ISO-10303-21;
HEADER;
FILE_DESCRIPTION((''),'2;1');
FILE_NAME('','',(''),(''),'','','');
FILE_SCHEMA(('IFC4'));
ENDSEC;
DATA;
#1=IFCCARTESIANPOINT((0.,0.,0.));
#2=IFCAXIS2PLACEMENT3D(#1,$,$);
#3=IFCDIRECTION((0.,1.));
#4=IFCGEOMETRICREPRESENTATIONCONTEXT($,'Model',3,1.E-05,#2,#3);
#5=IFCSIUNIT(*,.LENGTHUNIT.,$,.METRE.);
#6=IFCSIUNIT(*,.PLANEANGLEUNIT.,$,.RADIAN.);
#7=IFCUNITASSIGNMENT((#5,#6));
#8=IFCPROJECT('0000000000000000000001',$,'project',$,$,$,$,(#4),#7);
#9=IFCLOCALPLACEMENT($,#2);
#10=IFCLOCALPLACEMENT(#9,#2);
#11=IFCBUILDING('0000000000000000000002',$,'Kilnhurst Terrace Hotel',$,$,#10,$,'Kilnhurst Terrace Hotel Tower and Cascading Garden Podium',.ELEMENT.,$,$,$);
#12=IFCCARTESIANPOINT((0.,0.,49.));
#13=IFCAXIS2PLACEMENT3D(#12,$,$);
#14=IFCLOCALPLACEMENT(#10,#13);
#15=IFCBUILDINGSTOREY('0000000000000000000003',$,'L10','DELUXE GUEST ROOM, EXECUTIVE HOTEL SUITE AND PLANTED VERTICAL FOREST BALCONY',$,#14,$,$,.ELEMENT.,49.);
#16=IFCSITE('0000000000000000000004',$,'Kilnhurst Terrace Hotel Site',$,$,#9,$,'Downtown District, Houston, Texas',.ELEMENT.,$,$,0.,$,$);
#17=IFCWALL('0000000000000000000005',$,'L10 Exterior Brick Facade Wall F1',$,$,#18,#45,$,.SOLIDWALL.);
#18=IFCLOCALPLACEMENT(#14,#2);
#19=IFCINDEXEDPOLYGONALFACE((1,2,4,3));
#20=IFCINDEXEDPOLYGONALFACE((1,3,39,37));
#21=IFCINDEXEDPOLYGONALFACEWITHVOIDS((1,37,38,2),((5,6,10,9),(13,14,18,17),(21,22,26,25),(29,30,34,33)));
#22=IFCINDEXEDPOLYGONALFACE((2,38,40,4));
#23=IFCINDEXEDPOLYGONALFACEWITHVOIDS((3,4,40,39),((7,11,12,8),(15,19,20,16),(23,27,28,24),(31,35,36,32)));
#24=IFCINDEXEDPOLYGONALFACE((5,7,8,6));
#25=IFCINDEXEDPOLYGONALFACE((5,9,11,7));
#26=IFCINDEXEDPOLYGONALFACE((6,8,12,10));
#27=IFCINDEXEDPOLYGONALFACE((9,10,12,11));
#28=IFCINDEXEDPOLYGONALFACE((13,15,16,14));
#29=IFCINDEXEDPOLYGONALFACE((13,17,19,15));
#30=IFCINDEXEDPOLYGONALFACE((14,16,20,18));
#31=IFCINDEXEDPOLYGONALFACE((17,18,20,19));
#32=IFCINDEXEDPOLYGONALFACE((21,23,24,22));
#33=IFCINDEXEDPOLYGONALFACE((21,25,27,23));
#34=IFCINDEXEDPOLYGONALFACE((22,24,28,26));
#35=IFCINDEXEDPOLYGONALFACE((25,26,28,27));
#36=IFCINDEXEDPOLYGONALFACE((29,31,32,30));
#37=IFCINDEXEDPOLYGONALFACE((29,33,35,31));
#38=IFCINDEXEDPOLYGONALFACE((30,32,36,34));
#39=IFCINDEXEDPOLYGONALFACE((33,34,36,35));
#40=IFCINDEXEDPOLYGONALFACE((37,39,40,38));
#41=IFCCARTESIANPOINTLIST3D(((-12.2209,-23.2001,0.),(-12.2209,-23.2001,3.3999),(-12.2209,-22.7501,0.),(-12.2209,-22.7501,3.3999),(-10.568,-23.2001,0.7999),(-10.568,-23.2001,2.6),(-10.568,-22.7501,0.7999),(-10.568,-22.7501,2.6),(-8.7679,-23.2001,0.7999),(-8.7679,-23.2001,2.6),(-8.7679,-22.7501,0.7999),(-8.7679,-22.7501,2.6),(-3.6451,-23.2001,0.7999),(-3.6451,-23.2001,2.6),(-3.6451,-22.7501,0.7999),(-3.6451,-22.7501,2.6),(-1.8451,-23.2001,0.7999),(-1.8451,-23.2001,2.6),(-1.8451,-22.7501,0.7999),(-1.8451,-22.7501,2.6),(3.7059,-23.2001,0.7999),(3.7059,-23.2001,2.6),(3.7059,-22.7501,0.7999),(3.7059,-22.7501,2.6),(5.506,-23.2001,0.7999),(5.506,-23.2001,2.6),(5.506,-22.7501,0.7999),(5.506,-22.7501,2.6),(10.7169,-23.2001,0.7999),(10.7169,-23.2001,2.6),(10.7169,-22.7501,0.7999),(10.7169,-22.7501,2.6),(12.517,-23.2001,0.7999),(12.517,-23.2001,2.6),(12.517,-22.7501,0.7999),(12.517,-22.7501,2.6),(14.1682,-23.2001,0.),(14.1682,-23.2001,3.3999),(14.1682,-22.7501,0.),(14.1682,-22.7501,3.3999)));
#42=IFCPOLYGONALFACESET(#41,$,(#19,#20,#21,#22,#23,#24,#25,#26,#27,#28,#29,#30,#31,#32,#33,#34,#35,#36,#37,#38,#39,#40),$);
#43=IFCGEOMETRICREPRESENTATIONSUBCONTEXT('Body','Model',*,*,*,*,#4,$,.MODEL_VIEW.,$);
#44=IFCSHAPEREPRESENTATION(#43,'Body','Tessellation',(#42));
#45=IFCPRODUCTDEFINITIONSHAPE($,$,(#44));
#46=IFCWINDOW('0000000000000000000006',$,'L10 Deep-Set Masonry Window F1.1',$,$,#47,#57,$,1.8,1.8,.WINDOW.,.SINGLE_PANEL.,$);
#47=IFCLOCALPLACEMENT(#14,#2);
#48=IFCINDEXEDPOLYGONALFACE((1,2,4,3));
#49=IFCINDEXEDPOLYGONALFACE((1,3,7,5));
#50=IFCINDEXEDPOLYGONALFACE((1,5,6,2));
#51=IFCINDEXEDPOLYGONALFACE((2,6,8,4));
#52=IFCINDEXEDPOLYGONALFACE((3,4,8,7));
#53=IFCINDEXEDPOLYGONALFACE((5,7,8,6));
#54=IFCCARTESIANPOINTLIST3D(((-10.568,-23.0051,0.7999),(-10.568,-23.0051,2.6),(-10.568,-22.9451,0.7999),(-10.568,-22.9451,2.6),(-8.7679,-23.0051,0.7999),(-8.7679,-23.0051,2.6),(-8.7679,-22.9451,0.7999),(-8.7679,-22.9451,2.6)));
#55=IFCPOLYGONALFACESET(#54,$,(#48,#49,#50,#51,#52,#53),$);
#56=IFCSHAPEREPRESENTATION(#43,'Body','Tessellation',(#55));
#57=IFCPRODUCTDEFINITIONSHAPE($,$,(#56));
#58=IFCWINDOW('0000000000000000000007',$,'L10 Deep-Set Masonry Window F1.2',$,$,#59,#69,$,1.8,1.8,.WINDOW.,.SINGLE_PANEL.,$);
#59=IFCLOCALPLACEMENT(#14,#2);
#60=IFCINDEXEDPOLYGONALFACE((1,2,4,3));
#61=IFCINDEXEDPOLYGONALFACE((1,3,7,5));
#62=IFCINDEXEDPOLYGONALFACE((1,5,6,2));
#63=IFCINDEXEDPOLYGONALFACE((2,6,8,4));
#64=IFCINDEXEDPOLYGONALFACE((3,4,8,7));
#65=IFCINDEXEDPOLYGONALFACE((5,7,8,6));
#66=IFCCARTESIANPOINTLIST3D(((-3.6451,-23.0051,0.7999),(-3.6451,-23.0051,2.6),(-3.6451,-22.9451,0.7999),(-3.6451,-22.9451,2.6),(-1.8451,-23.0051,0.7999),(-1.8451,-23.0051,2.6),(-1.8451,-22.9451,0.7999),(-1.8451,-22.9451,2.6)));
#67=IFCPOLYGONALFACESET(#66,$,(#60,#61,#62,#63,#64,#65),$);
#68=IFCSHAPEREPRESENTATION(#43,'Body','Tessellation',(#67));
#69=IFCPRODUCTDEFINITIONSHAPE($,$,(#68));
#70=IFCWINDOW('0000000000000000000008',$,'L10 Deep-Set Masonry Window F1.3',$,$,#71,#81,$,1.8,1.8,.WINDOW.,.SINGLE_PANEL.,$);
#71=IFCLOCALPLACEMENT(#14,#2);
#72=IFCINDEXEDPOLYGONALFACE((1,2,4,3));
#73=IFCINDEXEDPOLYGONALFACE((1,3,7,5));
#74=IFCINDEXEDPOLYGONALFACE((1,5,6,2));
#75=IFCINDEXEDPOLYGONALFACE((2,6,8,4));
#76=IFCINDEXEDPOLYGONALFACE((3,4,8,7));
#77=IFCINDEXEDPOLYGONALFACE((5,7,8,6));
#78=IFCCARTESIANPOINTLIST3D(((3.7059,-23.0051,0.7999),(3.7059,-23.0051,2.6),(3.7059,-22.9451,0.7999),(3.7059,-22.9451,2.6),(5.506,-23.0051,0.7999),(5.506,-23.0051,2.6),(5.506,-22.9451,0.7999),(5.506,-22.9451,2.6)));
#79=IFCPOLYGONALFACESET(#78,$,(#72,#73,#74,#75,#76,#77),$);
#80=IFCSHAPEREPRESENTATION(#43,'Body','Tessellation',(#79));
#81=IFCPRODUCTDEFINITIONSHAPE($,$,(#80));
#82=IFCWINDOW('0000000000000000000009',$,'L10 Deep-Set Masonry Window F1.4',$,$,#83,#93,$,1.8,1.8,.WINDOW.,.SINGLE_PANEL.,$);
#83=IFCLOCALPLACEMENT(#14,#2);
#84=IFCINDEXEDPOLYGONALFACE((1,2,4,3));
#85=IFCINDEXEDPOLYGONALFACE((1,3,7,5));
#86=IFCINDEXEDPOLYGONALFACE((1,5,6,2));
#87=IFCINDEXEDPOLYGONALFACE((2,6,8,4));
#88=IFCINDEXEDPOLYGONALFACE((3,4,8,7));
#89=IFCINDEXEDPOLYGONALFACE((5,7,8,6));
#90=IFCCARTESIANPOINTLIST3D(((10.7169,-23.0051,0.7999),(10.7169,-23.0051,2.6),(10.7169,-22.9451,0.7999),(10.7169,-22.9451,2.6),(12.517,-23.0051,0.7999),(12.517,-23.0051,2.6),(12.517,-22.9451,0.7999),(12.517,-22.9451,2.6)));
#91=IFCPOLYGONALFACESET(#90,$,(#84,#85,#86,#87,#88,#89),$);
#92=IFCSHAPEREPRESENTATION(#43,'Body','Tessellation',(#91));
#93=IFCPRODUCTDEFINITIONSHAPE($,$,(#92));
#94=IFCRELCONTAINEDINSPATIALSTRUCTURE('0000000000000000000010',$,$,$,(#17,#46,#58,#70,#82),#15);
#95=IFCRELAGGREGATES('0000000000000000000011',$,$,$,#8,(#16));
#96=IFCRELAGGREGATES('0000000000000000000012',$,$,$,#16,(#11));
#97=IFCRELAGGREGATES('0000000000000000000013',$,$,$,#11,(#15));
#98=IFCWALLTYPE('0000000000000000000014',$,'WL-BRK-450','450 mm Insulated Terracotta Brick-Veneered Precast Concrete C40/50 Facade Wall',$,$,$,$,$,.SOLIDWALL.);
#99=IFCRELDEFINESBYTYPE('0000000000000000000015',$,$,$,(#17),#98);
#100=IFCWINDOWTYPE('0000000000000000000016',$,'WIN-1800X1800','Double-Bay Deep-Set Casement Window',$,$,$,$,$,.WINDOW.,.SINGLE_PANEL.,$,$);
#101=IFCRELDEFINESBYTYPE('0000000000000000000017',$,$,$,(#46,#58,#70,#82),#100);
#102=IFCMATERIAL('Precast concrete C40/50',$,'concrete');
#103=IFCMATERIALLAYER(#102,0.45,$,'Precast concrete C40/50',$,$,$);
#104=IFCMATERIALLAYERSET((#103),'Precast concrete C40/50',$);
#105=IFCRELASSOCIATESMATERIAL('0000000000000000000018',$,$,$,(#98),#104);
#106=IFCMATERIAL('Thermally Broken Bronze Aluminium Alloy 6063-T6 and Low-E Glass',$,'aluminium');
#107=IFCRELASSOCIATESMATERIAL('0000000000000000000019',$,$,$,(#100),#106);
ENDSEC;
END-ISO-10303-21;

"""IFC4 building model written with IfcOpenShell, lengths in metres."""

from ifc_helpers import new_model, si_unit, direction, frame, frame_2d, origin, place, context, subcontext, project, spatial, rectangle, extrude, material, layer, layer_set, type_object, element, fill, save


model = new_model("IFC4")

# Units and contexts
model_context = context("Model", 3, precision=1e-05, world=origin(), true_north=direction((0.0, 1.0)))
body_context = subcontext(model_context, "Body", "Model", "MODEL_VIEW")
ifc_project = project(units=[si_unit("LENGTHUNIT", "METRE"), si_unit("PLANEANGLEUNIT", "RADIAN")], contexts=[model_context])

# Site, building, storey
site_placement = place(None, origin())
site = spatial("IfcSite", under=ifc_project, at=site_placement, Name="Kilnhurst Terrace Hotel Site", LongName="Downtown District, Houston, Texas", CompositionType="ELEMENT", RefElevation=0.0)
building_placement = place(site_placement, origin())
building = spatial("IfcBuilding", under=site, at=building_placement, Name="Kilnhurst Terrace Hotel", LongName="Kilnhurst Terrace Hotel Tower and Cascading Garden Podium", CompositionType="ELEMENT")
storey_placement = place(building_placement, frame((0.0, 0.0, 49.0)))
storey = spatial("IfcBuildingStorey", under=building, at=storey_placement, Name="L10", Description="DELUXE GUEST ROOM, EXECUTIVE HOTEL SUITE AND PLANTED VERTICAL FOREST BALCONY", CompositionType="ELEMENT", Elevation=49.0)

# Shared definitions
ifc_material_1 = material(Name="Precast concrete C40/50", Category="concrete")
ifc_layer_1 = layer(ifc_material_1, 0.45, Name="Precast concrete C40/50")
ifc_layer_set_1 = layer_set([ifc_layer_1], Name="Precast concrete C40/50")
wall_type_1 = type_object("IfcWallType", Name="WL-BRK-450", Description="450 mm Insulated Terracotta Brick-Veneered Precast Concrete C40/50 Facade Wall", PredefinedType="SOLIDWALL", material=ifc_layer_set_1)

# Wall, openings, windows
wall_1_placement = place(storey_placement, frame((-12.2209, -22.9751, 0.0), z_axis=(0.0, 0.0, 1.0), x_axis=(1.0, 0.0, 0.0)))
wall_1 = element("IfcWall", 1, at=wall_1_placement, inside=storey, type_object=wall_type_1, Name="L10 Exterior Brick Facade Wall F1", PredefinedType="SOLIDWALL", context=body_context, shape_type="SweptSolid", body=[
    extrude(rectangle(XDim=26.3892, YDim=0.45, at=frame_2d((13.1946, 0.0))), origin(), (0.0, 0.0, 1.0), 3.3999),
])
opening_1_placement = place(wall_1_placement, frame((1.6531, 0.0, 0.8)))
opening_1 = element("IfcOpeningElement", 2, at=opening_1_placement, cuts=wall_1, PredefinedType="OPENING", context=body_context, shape_type="SweptSolid", body=[
    extrude(rectangle(XDim=1.8, YDim=1.8, at=frame_2d((0.8999, 0.8999))), frame((0.0, 0.2349, 0.0), z_axis=(0.0, -1.0, 0.0), x_axis=(1.0, 0.0, 0.0)), (0.0, 0.0, 1.0), 0.47),
])
opening_2_placement = place(wall_1_placement, frame((8.5759, 0.0, 0.8)))
opening_2 = element("IfcOpeningElement", 3, at=opening_2_placement, cuts=wall_1, PredefinedType="OPENING", context=body_context, shape_type="SweptSolid", body=[
    extrude(rectangle(XDim=1.8, YDim=1.8, at=frame_2d((0.8999, 0.8999))), frame((0.0, 0.2349, 0.0), z_axis=(0.0, -1.0, 0.0), x_axis=(1.0, 0.0, 0.0)), (0.0, 0.0, 1.0), 0.47),
])
opening_3_placement = place(wall_1_placement, frame((15.927, 0.0, 0.8)))
opening_3 = element("IfcOpeningElement", 4, at=opening_3_placement, cuts=wall_1, PredefinedType="OPENING", context=body_context, shape_type="SweptSolid", body=[
    extrude(rectangle(XDim=1.8, YDim=1.8, at=frame_2d((0.8999, 0.8999))), frame((0.0, 0.2349, 0.0), z_axis=(0.0, -1.0, 0.0), x_axis=(1.0, 0.0, 0.0)), (0.0, 0.0, 1.0), 0.47),
])
opening_4_placement = place(wall_1_placement, frame((22.938, 0.0, 0.8)))
opening_4 = element("IfcOpeningElement", 5, at=opening_4_placement, cuts=wall_1, PredefinedType="OPENING", context=body_context, shape_type="SweptSolid", body=[
    extrude(rectangle(XDim=1.8, YDim=1.8, at=frame_2d((0.8999, 0.8999))), frame((0.0, 0.2349, 0.0), z_axis=(0.0, -1.0, 0.0), x_axis=(1.0, 0.0, 0.0)), (0.0, 0.0, 1.0), 0.47),
])
ifc_material_2 = material(Name="Thermally Broken Bronze Aluminium Alloy 6063-T6 and Low-E Glass", Category="aluminium")
window_type = type_object("IfcWindowType", Name="WIN-1800X1800", Description="Double-Bay Deep-Set Casement Window", PartitioningType="SINGLE_PANEL", PredefinedType="WINDOW", material=ifc_material_2)
window_1_placement = place(opening_1_placement, origin())
window_1 = element("IfcWindow", 6, at=window_1_placement, inside=storey, type_object=window_type, Name="L10 Deep-Set Masonry Window F1.1", OverallHeight=1.8, OverallWidth=1.8, PartitioningType="SINGLE_PANEL", PredefinedType="WINDOW", context=body_context, shape_type="SweptSolid", body=[
    extrude(rectangle(XDim=1.8, YDim=1.8, at=frame_2d((0.8999, 0.8999))), frame((0.0, 0.03, 0.0), z_axis=(0.0, -1.0, 0.0), x_axis=(1.0, 0.0, 0.0)), (0.0, 0.0, 1.0), 0.0601),
])
fill(opening_1, window_1)
window_2_placement = place(opening_2_placement, origin())
window_2 = element("IfcWindow", 7, at=window_2_placement, inside=storey, type_object=window_type, Name="L10 Deep-Set Masonry Window F1.2", OverallHeight=1.8, OverallWidth=1.8, PartitioningType="SINGLE_PANEL", PredefinedType="WINDOW", context=body_context, shape_type="SweptSolid", body=[
    extrude(rectangle(XDim=1.8, YDim=1.8, at=frame_2d((0.8999, 0.8999))), frame((0.0, 0.03, 0.0), z_axis=(0.0, -1.0, 0.0), x_axis=(1.0, 0.0, 0.0)), (0.0, 0.0, 1.0), 0.0601),
])
fill(opening_2, window_2)
window_3_placement = place(opening_3_placement, origin())
window_3 = element("IfcWindow", 8, at=window_3_placement, inside=storey, type_object=window_type, Name="L10 Deep-Set Masonry Window F1.3", OverallHeight=1.8, OverallWidth=1.8, PartitioningType="SINGLE_PANEL", PredefinedType="WINDOW", context=body_context, shape_type="SweptSolid", body=[
    extrude(rectangle(XDim=1.8, YDim=1.8, at=frame_2d((0.8999, 0.8999))), frame((0.0, 0.03, 0.0), z_axis=(0.0, -1.0, 0.0), x_axis=(1.0, 0.0, 0.0)), (0.0, 0.0, 1.0), 0.0601),
])
fill(opening_3, window_3)
window_4_placement = place(opening_4_placement, origin())
window_4 = element("IfcWindow", 9, at=window_4_placement, inside=storey, type_object=window_type, Name="L10 Deep-Set Masonry Window F1.4", OverallHeight=1.8, OverallWidth=1.8, PartitioningType="SINGLE_PANEL", PredefinedType="WINDOW", context=body_context, shape_type="SweptSolid", body=[
    extrude(rectangle(XDim=1.8, YDim=1.8, at=frame_2d((0.8999, 0.8999))), frame((0.0, 0.03, 0.0), z_axis=(0.0, -1.0, 0.0), x_axis=(1.0, 0.0, 0.0)), (0.0, 0.0, 1.0), 0.0601),
])
fill(opening_4, window_4)

save(model, "model.ifc")
